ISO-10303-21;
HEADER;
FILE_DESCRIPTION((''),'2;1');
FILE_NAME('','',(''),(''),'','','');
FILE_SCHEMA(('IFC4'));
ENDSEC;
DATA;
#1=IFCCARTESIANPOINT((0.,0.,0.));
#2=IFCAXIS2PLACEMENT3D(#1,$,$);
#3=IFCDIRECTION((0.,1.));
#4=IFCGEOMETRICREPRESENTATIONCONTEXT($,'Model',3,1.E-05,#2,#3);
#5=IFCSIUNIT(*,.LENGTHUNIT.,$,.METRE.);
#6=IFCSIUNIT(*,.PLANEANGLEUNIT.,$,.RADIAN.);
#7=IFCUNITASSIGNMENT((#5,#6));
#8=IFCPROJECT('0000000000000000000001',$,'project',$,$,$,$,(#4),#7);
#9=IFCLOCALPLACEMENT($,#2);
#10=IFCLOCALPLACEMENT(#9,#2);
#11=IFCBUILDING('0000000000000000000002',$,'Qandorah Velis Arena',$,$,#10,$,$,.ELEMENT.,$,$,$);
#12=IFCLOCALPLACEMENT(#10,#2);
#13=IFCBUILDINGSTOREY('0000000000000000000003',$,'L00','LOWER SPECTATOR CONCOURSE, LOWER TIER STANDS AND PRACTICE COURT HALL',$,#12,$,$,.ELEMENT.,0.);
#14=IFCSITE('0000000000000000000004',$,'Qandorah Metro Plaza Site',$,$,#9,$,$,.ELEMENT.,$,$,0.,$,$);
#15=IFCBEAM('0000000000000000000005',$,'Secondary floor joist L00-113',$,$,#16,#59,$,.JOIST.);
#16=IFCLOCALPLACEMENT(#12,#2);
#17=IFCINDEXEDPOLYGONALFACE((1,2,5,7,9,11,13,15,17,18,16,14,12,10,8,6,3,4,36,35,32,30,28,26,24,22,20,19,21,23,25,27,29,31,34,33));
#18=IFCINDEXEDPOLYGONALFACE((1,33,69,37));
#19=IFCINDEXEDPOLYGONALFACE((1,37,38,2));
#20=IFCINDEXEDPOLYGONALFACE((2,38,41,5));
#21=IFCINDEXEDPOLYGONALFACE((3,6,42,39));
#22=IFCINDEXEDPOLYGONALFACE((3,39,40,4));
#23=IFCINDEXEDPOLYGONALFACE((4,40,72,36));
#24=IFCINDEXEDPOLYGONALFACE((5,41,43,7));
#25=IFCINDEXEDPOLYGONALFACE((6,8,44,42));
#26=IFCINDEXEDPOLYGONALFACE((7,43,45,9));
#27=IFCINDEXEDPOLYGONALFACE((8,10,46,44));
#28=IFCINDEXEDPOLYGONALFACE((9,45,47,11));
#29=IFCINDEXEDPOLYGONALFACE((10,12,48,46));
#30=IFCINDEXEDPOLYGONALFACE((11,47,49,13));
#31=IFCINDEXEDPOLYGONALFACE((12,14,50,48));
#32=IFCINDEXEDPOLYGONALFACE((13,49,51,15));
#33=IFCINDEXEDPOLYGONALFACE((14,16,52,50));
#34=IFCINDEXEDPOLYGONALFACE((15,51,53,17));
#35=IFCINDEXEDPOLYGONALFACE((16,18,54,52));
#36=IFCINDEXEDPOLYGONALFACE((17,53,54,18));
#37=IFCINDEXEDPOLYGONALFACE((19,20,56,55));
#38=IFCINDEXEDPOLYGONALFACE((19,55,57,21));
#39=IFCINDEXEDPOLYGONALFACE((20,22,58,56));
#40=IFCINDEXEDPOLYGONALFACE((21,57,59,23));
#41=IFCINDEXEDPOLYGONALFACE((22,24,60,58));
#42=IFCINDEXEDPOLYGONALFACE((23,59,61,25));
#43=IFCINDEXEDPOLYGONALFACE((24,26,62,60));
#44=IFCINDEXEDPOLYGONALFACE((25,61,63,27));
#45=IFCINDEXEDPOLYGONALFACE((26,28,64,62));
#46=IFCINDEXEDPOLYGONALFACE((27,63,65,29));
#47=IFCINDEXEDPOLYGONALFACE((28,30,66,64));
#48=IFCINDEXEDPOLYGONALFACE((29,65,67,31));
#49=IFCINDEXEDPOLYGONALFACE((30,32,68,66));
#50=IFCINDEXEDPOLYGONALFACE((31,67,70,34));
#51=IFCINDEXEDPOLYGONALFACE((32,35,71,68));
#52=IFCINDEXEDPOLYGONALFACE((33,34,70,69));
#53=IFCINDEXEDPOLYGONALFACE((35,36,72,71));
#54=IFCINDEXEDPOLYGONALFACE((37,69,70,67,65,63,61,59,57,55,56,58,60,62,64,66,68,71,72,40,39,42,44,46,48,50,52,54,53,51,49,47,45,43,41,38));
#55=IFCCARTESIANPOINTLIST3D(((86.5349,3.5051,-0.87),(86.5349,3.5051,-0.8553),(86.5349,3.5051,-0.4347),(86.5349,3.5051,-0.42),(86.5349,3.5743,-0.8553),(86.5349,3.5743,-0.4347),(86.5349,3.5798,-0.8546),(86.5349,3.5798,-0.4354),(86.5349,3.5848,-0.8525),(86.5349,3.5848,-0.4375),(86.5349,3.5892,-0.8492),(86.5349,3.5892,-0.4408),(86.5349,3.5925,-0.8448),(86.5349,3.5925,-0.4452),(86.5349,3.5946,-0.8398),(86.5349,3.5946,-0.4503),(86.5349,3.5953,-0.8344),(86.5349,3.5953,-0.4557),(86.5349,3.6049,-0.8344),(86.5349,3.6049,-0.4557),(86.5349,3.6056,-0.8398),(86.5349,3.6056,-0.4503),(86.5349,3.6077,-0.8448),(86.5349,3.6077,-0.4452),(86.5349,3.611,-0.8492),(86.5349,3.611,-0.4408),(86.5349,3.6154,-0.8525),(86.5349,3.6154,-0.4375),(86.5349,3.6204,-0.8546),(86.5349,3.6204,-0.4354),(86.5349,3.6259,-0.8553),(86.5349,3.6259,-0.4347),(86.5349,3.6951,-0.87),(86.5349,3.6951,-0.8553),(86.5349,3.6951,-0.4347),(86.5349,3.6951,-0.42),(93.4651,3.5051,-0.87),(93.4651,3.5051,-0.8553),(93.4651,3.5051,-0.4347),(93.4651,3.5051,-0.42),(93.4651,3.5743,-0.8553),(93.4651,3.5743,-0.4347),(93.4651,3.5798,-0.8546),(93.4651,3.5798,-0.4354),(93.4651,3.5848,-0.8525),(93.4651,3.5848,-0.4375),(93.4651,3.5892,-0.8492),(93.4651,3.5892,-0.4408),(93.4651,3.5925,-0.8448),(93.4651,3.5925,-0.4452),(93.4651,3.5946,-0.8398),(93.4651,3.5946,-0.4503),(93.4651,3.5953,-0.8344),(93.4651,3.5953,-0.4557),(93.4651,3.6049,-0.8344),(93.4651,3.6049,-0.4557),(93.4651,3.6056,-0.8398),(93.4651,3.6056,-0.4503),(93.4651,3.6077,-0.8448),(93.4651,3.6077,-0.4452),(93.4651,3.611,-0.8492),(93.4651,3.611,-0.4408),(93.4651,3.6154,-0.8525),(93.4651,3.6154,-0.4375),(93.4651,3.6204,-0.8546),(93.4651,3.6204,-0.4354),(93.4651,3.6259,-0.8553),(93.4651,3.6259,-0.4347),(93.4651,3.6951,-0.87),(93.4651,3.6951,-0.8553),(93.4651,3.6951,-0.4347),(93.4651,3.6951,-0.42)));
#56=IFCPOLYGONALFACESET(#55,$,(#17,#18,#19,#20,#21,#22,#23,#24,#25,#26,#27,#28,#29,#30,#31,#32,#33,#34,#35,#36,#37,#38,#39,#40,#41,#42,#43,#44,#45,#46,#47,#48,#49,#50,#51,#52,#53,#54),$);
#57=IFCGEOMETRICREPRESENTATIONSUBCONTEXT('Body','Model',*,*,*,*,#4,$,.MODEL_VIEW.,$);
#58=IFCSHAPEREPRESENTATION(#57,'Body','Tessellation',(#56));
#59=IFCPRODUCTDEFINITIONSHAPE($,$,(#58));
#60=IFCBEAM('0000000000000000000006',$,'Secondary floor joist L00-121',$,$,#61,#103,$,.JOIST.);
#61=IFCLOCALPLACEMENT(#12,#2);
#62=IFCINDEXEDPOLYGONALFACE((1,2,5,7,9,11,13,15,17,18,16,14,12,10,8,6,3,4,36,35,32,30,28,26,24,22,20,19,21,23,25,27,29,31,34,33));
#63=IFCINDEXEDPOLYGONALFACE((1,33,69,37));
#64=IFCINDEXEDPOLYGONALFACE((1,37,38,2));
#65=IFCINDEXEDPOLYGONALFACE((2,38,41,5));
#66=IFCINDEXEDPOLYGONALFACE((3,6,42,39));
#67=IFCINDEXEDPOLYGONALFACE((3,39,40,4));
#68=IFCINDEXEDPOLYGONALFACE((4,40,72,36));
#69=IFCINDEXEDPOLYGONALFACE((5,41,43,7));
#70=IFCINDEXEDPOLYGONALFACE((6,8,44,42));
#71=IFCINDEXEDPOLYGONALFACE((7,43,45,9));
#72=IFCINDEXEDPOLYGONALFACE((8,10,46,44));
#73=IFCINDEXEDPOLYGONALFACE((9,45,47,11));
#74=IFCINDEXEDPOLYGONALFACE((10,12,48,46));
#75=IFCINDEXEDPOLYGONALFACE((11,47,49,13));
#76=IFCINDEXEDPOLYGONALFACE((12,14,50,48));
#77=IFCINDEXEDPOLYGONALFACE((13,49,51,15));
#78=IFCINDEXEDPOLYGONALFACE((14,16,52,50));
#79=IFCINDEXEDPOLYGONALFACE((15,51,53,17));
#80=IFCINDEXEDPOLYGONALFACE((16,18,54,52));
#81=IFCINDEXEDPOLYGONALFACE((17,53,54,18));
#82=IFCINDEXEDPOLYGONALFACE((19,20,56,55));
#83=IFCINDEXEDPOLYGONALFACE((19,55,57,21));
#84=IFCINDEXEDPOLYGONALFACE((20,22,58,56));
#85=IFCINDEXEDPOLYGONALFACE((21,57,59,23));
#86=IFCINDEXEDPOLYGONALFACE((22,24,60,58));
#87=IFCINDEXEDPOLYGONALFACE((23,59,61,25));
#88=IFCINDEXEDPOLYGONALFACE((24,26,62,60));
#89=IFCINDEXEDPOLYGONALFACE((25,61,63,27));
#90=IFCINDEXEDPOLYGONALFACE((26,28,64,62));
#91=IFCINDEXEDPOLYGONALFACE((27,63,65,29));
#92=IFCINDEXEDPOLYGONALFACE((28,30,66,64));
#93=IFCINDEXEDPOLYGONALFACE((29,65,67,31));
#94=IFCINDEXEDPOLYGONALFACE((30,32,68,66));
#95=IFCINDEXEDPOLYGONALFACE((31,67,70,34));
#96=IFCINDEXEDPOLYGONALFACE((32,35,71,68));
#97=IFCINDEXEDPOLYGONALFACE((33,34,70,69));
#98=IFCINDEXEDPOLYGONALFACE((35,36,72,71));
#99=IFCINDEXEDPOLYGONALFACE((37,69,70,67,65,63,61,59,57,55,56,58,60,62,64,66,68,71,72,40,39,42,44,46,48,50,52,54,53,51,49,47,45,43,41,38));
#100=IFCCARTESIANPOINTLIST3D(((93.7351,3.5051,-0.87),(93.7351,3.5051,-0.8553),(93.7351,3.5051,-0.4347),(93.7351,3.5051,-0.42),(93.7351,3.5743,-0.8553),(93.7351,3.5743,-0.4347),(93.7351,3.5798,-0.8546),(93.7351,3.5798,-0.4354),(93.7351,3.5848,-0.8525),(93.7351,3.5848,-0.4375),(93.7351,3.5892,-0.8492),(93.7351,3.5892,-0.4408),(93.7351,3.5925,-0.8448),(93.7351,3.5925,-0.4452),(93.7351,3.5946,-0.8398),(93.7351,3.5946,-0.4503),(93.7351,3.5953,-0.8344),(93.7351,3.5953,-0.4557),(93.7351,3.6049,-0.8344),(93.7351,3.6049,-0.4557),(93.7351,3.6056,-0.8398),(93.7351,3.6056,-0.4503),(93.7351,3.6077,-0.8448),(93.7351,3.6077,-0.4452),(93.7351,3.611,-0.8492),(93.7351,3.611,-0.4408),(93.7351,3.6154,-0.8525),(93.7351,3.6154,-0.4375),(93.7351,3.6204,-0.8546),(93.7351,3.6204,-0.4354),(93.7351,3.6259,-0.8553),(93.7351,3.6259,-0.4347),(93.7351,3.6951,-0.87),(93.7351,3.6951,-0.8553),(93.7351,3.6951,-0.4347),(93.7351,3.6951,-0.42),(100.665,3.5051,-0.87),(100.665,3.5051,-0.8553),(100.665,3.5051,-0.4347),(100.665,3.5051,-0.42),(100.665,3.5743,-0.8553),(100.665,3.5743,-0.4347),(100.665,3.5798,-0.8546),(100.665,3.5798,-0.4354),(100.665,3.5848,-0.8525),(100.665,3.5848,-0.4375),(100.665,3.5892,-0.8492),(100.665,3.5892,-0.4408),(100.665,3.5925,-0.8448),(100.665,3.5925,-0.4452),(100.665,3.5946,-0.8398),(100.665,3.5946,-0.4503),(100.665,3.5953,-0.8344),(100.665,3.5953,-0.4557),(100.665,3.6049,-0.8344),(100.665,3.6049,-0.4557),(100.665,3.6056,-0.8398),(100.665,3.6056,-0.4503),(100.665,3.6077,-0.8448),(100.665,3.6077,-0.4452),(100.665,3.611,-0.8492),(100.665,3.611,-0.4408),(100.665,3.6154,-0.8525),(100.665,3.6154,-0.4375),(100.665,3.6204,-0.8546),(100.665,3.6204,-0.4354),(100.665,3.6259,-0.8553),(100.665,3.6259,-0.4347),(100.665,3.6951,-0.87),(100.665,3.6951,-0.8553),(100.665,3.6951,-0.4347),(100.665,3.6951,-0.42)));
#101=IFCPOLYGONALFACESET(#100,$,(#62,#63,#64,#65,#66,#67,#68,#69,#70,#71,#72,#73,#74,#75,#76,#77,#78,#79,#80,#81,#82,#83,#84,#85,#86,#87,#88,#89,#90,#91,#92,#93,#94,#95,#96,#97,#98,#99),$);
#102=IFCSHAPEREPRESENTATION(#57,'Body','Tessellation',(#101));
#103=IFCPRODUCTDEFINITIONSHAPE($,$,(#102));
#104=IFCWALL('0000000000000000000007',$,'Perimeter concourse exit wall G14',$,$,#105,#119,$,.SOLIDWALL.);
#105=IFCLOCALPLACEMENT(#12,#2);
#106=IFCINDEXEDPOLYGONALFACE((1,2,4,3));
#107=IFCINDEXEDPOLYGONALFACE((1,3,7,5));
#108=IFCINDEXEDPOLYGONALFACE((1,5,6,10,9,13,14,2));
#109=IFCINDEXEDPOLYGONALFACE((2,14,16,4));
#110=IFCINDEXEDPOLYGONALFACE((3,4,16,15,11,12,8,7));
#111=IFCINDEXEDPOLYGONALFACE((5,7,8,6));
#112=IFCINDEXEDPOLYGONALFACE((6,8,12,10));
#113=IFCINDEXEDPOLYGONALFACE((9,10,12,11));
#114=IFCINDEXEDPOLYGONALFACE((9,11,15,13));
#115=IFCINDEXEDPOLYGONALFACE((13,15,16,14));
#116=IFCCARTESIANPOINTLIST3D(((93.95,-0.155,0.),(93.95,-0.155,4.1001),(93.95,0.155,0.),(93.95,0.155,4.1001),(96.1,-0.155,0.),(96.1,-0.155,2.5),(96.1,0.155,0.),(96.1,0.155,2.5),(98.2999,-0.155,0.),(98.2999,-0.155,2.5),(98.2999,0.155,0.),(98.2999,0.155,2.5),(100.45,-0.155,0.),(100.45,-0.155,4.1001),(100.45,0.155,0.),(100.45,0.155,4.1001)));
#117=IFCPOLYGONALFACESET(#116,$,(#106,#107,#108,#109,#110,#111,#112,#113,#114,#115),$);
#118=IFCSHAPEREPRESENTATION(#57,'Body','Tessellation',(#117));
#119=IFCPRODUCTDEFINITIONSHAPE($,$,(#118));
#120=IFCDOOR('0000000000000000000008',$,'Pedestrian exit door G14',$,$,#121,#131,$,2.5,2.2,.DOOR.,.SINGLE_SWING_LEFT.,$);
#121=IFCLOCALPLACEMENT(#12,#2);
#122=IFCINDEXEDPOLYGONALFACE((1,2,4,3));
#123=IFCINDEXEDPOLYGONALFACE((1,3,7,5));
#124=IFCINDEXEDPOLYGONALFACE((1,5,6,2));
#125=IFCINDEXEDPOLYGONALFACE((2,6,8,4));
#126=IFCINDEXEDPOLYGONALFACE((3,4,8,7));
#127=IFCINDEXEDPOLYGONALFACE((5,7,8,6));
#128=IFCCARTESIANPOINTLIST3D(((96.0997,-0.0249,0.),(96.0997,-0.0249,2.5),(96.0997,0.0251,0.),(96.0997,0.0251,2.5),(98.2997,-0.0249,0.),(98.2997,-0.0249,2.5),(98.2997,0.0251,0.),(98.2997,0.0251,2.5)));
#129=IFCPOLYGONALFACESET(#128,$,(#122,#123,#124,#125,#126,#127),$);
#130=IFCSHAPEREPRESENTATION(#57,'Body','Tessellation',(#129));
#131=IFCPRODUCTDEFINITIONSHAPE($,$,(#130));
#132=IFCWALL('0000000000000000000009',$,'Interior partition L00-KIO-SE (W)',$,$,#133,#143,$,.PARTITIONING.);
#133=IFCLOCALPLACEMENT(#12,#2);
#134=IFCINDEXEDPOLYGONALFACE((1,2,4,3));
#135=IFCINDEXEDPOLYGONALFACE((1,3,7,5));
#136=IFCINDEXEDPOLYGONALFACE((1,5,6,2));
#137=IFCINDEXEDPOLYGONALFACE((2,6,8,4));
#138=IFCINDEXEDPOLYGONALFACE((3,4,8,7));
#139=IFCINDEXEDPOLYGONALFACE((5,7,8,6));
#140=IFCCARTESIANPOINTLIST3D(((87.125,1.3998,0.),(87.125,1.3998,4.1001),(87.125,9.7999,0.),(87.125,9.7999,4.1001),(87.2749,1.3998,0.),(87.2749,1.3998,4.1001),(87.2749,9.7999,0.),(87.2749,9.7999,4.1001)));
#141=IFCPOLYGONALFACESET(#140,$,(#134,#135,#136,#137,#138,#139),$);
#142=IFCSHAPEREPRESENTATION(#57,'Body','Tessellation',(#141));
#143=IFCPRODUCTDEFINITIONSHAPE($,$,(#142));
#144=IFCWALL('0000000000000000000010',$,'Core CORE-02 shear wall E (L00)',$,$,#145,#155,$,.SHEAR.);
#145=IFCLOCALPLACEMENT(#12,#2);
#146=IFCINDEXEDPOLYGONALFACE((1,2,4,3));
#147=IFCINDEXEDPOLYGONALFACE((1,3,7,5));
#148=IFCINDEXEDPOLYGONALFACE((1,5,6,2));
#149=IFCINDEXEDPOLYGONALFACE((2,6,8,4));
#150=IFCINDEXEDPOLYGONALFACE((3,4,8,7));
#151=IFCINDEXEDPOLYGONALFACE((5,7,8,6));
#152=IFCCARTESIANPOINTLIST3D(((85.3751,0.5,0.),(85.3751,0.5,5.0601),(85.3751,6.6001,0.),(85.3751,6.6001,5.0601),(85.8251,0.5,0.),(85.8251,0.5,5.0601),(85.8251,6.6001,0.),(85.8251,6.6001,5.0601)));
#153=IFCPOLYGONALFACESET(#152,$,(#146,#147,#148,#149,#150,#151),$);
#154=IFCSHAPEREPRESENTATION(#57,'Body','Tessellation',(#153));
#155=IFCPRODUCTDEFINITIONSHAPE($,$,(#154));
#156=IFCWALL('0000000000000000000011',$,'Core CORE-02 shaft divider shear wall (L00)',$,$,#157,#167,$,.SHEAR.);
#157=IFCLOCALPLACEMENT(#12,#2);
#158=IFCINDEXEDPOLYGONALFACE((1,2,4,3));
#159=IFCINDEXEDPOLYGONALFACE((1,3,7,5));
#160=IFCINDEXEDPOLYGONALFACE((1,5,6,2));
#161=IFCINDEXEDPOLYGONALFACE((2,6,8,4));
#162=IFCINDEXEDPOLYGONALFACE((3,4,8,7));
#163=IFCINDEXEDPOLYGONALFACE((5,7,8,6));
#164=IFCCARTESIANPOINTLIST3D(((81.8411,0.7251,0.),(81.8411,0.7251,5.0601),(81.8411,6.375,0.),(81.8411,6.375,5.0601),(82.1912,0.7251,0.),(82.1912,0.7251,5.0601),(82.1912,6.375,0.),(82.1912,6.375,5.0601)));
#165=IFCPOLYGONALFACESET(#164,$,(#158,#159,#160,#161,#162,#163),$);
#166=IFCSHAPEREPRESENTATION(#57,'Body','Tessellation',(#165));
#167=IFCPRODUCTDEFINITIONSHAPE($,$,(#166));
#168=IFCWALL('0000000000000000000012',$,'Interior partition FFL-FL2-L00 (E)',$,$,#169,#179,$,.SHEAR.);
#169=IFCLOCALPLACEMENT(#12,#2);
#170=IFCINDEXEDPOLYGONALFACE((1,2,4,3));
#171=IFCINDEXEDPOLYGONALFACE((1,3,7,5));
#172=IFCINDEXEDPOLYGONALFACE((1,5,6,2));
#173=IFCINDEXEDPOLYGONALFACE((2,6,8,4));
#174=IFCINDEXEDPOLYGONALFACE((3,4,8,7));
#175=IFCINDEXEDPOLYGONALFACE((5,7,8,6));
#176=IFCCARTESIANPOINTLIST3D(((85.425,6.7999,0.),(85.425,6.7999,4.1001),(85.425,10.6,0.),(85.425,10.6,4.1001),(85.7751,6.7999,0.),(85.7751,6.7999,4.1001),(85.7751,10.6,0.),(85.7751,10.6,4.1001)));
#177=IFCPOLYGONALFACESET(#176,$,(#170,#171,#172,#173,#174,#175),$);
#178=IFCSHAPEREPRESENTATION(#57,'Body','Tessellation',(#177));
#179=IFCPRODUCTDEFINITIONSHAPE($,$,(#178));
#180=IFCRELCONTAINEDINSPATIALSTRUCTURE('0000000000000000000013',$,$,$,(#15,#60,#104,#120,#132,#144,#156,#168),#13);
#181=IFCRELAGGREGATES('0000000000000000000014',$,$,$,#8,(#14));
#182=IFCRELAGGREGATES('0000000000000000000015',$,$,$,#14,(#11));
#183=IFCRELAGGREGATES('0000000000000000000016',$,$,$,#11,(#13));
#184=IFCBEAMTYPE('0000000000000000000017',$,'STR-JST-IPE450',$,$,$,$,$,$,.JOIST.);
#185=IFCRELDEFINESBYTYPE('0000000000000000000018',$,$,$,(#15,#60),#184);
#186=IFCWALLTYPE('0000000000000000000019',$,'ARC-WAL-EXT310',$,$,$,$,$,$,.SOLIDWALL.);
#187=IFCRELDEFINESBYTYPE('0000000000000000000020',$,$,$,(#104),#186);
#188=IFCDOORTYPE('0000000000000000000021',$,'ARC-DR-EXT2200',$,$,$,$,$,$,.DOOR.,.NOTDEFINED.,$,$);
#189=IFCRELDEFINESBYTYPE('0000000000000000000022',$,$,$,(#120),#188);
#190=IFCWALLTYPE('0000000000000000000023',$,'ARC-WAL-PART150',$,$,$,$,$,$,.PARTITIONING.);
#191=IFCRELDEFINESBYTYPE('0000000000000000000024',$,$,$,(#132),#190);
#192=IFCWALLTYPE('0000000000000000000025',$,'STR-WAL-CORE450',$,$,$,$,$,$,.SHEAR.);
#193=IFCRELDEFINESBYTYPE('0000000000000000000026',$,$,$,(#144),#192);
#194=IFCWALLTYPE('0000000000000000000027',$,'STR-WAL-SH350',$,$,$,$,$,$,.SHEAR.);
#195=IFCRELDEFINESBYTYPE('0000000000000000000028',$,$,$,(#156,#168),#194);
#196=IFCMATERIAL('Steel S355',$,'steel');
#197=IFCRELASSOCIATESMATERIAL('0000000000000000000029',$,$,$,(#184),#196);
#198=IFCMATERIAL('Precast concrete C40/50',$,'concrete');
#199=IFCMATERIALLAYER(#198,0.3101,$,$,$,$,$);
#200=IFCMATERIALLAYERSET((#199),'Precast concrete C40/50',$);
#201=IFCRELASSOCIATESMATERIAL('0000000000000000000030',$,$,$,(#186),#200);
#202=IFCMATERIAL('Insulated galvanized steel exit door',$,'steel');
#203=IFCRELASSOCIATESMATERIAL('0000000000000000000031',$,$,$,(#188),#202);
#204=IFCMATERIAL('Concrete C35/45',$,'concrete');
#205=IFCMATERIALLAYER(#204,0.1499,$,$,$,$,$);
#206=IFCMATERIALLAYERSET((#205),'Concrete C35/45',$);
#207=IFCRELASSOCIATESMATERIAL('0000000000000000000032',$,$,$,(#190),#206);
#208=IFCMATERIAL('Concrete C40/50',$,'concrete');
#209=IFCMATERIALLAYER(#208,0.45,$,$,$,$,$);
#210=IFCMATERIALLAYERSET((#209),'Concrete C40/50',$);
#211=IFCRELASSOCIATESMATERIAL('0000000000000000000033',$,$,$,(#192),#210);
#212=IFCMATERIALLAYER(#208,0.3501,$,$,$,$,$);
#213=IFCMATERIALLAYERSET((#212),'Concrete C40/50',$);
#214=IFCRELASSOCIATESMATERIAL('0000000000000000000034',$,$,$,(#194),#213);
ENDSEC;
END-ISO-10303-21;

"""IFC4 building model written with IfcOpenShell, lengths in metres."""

from ifc_helpers import new_model, si_unit, direction, frame, frame_2d, origin, origin_2d, place, context, subcontext, project, spatial, rectangle, i_section, extrude, material, layer, layer_set, material_profile, profile_set, type_object, element, fill, save


model = new_model("IFC4")

# Units and contexts
model_context = context("Model", 3, precision=1e-05, world=origin(), true_north=direction((0.0, 1.0)))
body_context = subcontext(model_context, "Body", "Model", "MODEL_VIEW")
ifc_project = project(units=[si_unit("LENGTHUNIT", "METRE"), si_unit("PLANEANGLEUNIT", "RADIAN")], contexts=[model_context])

# Site, building, storey
site_placement = place(None, origin())
site = spatial("IfcSite", under=ifc_project, at=site_placement, Name="Qandorah Metro Plaza Site", CompositionType="ELEMENT", RefElevation=0.0)
building_placement = place(site_placement, origin())
building = spatial("IfcBuilding", under=site, at=building_placement, Name="Qandorah Velis Arena", CompositionType="ELEMENT")
storey_placement = place(building_placement, origin())
storey = spatial("IfcBuildingStorey", under=building, at=storey_placement, Name="L00", Description="LOWER SPECTATOR CONCOURSE, LOWER TIER STANDS AND PRACTICE COURT HALL", CompositionType="ELEMENT", Elevation=0.0)

# Shared definitions
ifc_material_1 = material(Name="Concrete C40/50", Category="concrete")

# Beams
ifc_material_2 = material(Name="Steel S355", Category="steel")
ifc_material_profile_1 = material_profile(ifc_material_2, i_section(OverallWidth=0.1899, OverallDepth=0.45, WebThickness=0.0095, FlangeThickness=0.0146, FilletRadius=0.021, at=origin_2d()), Name="IPE 450")
ifc_profile_set_1 = profile_set([ifc_material_profile_1], Name="Steel S355")
beam_type_1 = type_object("IfcBeamType", Name="STR-JST-IPE450", PredefinedType="JOIST", material=ifc_profile_set_1)
beam_1_placement = place(storey_placement, frame((86.5349, 3.6001, -0.645), z_axis=(1.0, 0.0, 0.0), x_axis=(0.0, 1.0, 0.0)))
element("IfcBeam", 1, at=beam_1_placement, inside=storey, type_object=beam_type_1, Name="Secondary floor joist L00-113", PredefinedType="JOIST", context=body_context, shape_type="SweptSolid", body=[
    extrude(i_section(OverallWidth=0.1899, OverallDepth=0.45, WebThickness=0.0095, FlangeThickness=0.0146, FilletRadius=0.021, at=origin_2d()), origin(), (0.0, 0.0, 1.0), 6.9302),
])
beam_2_placement = place(storey_placement, frame((93.7351, 3.6001, -0.645), z_axis=(1.0, 0.0, 0.0), x_axis=(0.0, 1.0, 0.0)))
element("IfcBeam", 2, at=beam_2_placement, inside=storey, type_object=beam_type_1, Name="Secondary floor joist L00-121", PredefinedType="JOIST", context=body_context, shape_type="SweptSolid", body=[
    extrude(i_section(OverallWidth=0.1899, OverallDepth=0.45, WebThickness=0.0095, FlangeThickness=0.0146, FilletRadius=0.021, at=origin_2d()), origin(), (0.0, 0.0, 1.0), 6.9299),
])

# Wall, opening, door
ifc_material_3 = material(Name="Precast concrete C40/50", Category="concrete")
ifc_layer_1 = layer(ifc_material_3, 0.3101)
ifc_layer_set_1 = layer_set([ifc_layer_1], Name="Precast concrete C40/50")
wall_type_1 = type_object("IfcWallType", Name="ARC-WAL-EXT310", PredefinedType="SOLIDWALL", material=ifc_layer_set_1)
wall_1_placement = place(storey_placement, frame((93.95, 0.0, 0.0), z_axis=(0.0, 0.0, 1.0), x_axis=(1.0, 0.0, 0.0)))
wall_1 = element("IfcWall", 3, at=wall_1_placement, inside=storey, type_object=wall_type_1, Name="Perimeter concourse exit wall G14", PredefinedType="SOLIDWALL", context=body_context, shape_type="SweptSolid", body=[
    extrude(rectangle(XDim=6.5, YDim=0.3101, at=frame_2d((3.25, 0.0))), origin(), (0.0, 0.0, 1.0), 4.1001),
])
opening_1_placement = place(wall_1_placement, frame((2.1499, 0.0, 0.0)))
opening_1 = element("IfcOpeningElement", 4, at=opening_1_placement, cuts=wall_1, PredefinedType="OPENING", context=body_context, shape_type="SweptSolid", body=[
    extrude(rectangle(XDim=2.2, YDim=2.5, at=frame_2d((1.1001, 1.25))), frame((0.0, 0.165, 0.0), z_axis=(0.0, -1.0, 0.0), x_axis=(1.0, 0.0, 0.0)), (0.0, 0.0, 1.0), 0.3301),
])
ifc_material_4 = material(Name="Insulated galvanized steel exit door", Category="steel")
door_type_1 = type_object("IfcDoorType", Name="ARC-DR-EXT2200", OperationType="NOTDEFINED", PredefinedType="DOOR", material=ifc_material_4)
door_1_placement = place(opening_1_placement, frame((2.2, 0.0, 0.0), z_axis=(0.0, 0.0, 1.0), x_axis=(-1.0, 0.0, 0.0)))
door_1 = element("IfcDoor", 5, at=door_1_placement, inside=storey, type_object=door_type_1, Name="Pedestrian exit door G14", OperationType="SINGLE_SWING_LEFT", OverallHeight=2.5, OverallWidth=2.2, PredefinedType="DOOR", context=body_context, shape_type="SweptSolid", body=[
    extrude(rectangle(XDim=2.2, YDim=2.5, at=frame_2d((1.1001, 1.25))), frame((0.0, 0.0249, 0.0), z_axis=(0.0, -1.0, 0.0), x_axis=(1.0, 0.0, 0.0)), (0.0, 0.0, 1.0), 0.05),
])
fill(opening_1, door_1)

# Walls
ifc_material_5 = material(Name="Concrete C35/45", Category="concrete")
ifc_layer_2 = layer(ifc_material_5, 0.1499)
ifc_layer_set_2 = layer_set([ifc_layer_2], Name="Concrete C35/45")
wall_type_2 = type_object("IfcWallType", Name="ARC-WAL-PART150", PredefinedType="PARTITIONING", material=ifc_layer_set_2)
wall_2_placement = place(storey_placement, frame((87.2, 9.8, 0.0), z_axis=(0.0, 0.0, 1.0), x_axis=(0.0, -1.0, 0.0)))
element("IfcWall", 6, at=wall_2_placement, inside=storey, type_object=wall_type_2, Name="Interior partition L00-KIO-SE (W)", PredefinedType="PARTITIONING", context=body_context, shape_type="SweptSolid", body=[
    extrude(rectangle(XDim=8.4001, YDim=0.1499, at=frame_2d((4.2002, 0.0))), origin(), (0.0, 0.0, 1.0), 4.1001),
])
ifc_layer_3 = layer(ifc_material_1, 0.45)
ifc_layer_set_3 = layer_set([ifc_layer_3], Name="Concrete C40/50")
wall_type_3 = type_object("IfcWallType", Name="STR-WAL-CORE450", PredefinedType="SHEAR", material=ifc_layer_set_3)
wall_3_placement = place(storey_placement, frame((85.6001, 0.5, 0.0), z_axis=(0.0, 0.0, 1.0), x_axis=(0.0, 1.0, 0.0)))
element("IfcWall", 7, at=wall_3_placement, inside=storey, type_object=wall_type_3, Name="Core CORE-02 shear wall E (L00)", PredefinedType="SHEAR", context=body_context, shape_type="SweptSolid", body=[
    extrude(rectangle(XDim=6.1001, YDim=0.45, at=frame_2d((3.05, 0.0))), origin(), (0.0, 0.0, 1.0), 5.0601),
])
ifc_layer_4 = layer(ifc_material_1, 0.3501)
ifc_layer_set_4 = layer_set([ifc_layer_4], Name="Concrete C40/50")
wall_type_4 = type_object("IfcWallType", Name="STR-WAL-SH350", PredefinedType="SHEAR", material=ifc_layer_set_4)
wall_4_placement = place(storey_placement, frame((82.0161, 0.7251, 0.0), z_axis=(0.0, 0.0, 1.0), x_axis=(0.0, 1.0, 0.0)))
element("IfcWall", 8, at=wall_4_placement, inside=storey, type_object=wall_type_4, Name="Core CORE-02 shaft divider shear wall (L00)", PredefinedType="SHEAR", context=body_context, shape_type="SweptSolid", body=[
    extrude(rectangle(XDim=5.6499, YDim=0.3501, at=frame_2d((2.825, 0.0))), origin(), (0.0, 0.0, 1.0), 5.0601),
])
wall_5_placement = place(storey_placement, frame((85.6001, 6.8, 0.0), z_axis=(0.0, 0.0, 1.0), x_axis=(0.0, 1.0, 0.0)))
element("IfcWall", 9, at=wall_5_placement, inside=storey, type_object=wall_type_4, Name="Interior partition FFL-FL2-L00 (E)", PredefinedType="SHEAR", context=body_context, shape_type="SweptSolid", body=[
    extrude(rectangle(XDim=3.8, YDim=0.3501, at=frame_2d((1.8999, 0.0))), origin(), (0.0, 0.0, 1.0), 4.1001),
])

save(model, "model.ifc")
